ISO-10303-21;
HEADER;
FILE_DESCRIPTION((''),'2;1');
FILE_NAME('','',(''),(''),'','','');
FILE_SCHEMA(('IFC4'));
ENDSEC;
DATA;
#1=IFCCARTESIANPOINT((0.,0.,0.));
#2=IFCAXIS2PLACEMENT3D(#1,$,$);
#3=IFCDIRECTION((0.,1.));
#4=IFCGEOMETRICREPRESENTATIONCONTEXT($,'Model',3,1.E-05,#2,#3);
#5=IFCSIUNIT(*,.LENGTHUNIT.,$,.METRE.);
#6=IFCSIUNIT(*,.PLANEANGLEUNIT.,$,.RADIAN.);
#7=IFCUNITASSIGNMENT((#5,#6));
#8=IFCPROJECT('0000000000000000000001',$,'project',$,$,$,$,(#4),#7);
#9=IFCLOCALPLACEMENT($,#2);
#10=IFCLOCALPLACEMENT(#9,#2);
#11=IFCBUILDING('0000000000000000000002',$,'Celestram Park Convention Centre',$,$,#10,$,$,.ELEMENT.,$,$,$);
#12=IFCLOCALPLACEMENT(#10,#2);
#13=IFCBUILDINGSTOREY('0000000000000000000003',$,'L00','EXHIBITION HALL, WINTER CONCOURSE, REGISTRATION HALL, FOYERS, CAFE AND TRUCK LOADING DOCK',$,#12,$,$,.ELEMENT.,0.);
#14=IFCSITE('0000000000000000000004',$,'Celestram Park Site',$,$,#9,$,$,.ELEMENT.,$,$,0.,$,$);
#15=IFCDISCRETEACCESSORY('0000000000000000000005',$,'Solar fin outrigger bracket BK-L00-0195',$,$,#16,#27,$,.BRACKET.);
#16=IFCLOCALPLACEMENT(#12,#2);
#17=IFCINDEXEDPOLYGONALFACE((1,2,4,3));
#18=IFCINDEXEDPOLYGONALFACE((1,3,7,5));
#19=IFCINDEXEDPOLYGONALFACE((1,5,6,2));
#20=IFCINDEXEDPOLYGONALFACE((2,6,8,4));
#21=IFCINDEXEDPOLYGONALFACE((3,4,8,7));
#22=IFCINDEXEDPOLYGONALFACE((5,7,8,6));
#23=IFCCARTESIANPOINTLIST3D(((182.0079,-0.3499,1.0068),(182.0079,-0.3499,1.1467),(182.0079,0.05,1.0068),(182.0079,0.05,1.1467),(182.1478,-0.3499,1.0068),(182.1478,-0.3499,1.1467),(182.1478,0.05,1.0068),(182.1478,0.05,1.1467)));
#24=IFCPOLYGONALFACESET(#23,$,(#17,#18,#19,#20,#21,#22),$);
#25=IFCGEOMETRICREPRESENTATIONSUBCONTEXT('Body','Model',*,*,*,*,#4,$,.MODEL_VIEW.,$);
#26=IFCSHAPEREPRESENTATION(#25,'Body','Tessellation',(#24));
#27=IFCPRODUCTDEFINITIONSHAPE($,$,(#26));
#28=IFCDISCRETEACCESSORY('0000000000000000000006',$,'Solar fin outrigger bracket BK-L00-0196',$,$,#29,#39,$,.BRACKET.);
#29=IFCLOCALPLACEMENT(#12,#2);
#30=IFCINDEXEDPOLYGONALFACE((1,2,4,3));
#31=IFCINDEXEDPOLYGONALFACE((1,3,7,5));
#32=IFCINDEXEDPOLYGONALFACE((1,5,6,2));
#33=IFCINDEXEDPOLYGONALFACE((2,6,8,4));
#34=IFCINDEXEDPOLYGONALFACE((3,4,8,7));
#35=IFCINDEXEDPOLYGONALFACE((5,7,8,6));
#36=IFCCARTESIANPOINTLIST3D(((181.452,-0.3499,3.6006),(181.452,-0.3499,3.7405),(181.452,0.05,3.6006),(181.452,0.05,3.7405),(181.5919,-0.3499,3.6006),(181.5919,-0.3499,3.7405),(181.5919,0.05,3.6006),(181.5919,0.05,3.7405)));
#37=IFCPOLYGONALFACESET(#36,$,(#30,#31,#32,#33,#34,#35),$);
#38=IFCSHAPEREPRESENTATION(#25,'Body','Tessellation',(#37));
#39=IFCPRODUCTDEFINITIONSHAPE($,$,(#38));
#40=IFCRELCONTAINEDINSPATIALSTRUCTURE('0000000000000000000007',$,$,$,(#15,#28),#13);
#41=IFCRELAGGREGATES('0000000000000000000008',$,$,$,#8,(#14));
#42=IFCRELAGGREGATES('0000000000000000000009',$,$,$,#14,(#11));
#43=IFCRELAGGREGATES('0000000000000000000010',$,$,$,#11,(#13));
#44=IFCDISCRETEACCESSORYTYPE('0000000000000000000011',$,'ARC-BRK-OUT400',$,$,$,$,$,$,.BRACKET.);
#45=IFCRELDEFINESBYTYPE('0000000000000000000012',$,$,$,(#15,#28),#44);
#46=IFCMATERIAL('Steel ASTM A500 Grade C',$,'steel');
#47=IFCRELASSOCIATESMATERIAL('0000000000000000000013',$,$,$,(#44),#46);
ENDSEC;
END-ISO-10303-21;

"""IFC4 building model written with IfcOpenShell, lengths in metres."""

from ifc_helpers import new_model, si_unit, direction, frame, origin, origin_2d, place, context, subcontext, project, spatial, rectangle, extrude, material, type_object, element, save


model = new_model("IFC4")

# Units and contexts
model_context = context("Model", 3, precision=1e-05, world=origin(), true_north=direction((0.0, 1.0)))
body_context = subcontext(model_context, "Body", "Model", "MODEL_VIEW")
ifc_project = project(units=[si_unit("LENGTHUNIT", "METRE"), si_unit("PLANEANGLEUNIT", "RADIAN")], contexts=[model_context])

# Site, building, storey
site_placement = place(None, origin())
site = spatial("IfcSite", under=ifc_project, at=site_placement, Name="Celestram Park Site", CompositionType="ELEMENT", RefElevation=0.0)
building_placement = place(site_placement, origin())
building = spatial("IfcBuilding", under=site, at=building_placement, Name="Celestram Park Convention Centre", CompositionType="ELEMENT")
storey_placement = place(building_placement, origin())
storey = spatial("IfcBuildingStorey", under=building, at=storey_placement, Name="L00", Description="EXHIBITION HALL, WINTER CONCOURSE, REGISTRATION HALL, FOYERS, CAFE AND TRUCK LOADING DOCK", CompositionType="ELEMENT", Elevation=0.0)

# Discrete accessories
ifc_material_1 = material(Name="Steel ASTM A500 Grade C", Category="steel")
discrete_accessory_type = type_object("IfcDiscreteAccessoryType", Name="ARC-BRK-OUT400", PredefinedType="BRACKET", material=ifc_material_1)
for number, where, z_axis, x_axis, name in (
    (1, (182.0779, -0.1499, 1.0068), (0.0, 0.0, 1.0), (0.0, -1.0, 0.0), "Solar fin outrigger bracket BK-L00-0195"),
    (2, (181.522, -0.1499, 3.6006), (0.0, 0.0, 1.0), (0.0, -1.0, 0.0), "Solar fin outrigger bracket BK-L00-0196"),
):
    element("IfcDiscreteAccessory", number, at=place(storey_placement, frame(where, z_axis=z_axis, x_axis=x_axis)), inside=storey, type_object=discrete_accessory_type, Name=name, PredefinedType="BRACKET", context=body_context, shape_type="SweptSolid", body=[
        extrude(rectangle(XDim=0.3999, YDim=0.1399, at=origin_2d()), origin(), (0.0, 0.0, 1.0), 0.1399),
    ])

save(model, "model.ifc")
